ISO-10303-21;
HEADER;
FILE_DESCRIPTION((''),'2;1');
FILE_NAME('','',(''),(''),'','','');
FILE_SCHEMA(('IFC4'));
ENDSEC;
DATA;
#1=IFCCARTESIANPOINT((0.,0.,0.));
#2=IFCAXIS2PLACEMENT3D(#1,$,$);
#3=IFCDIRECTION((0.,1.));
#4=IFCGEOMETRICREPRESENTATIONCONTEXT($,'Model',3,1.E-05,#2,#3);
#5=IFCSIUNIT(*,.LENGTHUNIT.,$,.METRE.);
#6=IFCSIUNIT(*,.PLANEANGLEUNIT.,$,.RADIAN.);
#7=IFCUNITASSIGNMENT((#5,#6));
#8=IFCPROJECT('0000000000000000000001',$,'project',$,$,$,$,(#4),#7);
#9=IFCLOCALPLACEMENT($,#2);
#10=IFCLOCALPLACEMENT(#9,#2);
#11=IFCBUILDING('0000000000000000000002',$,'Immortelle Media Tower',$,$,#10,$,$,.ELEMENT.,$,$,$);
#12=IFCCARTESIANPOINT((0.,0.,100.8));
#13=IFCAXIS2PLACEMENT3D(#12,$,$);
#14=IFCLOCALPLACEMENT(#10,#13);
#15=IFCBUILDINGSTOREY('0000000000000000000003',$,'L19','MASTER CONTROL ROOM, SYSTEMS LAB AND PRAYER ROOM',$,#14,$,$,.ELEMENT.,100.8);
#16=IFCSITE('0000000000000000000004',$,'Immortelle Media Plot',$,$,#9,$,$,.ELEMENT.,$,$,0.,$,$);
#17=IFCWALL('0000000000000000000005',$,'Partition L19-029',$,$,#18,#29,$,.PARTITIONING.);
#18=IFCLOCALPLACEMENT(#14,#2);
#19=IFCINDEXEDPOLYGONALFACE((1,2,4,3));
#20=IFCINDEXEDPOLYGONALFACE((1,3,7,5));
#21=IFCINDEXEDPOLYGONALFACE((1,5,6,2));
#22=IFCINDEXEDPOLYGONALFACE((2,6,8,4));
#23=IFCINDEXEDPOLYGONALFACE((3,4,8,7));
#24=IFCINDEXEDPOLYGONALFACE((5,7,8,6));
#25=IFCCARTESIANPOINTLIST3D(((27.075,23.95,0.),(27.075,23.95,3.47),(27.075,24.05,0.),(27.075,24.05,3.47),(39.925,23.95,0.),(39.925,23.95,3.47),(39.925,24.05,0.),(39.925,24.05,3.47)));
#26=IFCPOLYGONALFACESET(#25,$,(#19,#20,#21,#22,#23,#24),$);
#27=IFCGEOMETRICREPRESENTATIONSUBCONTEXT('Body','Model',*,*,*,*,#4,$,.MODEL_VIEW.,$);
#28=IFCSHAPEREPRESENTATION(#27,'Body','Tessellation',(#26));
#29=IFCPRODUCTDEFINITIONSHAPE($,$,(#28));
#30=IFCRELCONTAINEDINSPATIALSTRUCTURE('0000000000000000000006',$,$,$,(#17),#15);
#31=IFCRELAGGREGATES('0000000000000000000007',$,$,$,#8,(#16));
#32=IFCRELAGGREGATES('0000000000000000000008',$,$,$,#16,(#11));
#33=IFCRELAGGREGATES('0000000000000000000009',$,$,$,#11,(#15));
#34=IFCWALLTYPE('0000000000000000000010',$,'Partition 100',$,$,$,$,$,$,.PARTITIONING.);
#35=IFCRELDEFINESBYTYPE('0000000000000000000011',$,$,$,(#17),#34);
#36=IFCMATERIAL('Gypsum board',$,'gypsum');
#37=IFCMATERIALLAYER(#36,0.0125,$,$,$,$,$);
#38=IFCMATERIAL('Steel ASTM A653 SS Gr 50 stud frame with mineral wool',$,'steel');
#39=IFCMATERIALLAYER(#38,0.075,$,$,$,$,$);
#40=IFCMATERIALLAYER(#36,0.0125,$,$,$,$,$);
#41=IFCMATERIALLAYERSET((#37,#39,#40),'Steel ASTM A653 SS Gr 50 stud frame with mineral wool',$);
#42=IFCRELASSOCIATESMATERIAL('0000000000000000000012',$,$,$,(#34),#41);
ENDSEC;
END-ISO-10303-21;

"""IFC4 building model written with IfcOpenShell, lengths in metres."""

from ifc_helpers import new_model, si_unit, direction, frame, frame_2d, origin, place, context, subcontext, project, spatial, rectangle, extrude, material, layer, layer_set, type_object, element, save


model = new_model("IFC4")

# Units and contexts
model_context = context("Model", 3, precision=1e-05, world=origin(), true_north=direction((0.0, 1.0)))
body_context = subcontext(model_context, "Body", "Model", "MODEL_VIEW")
ifc_project = project(units=[si_unit("LENGTHUNIT", "METRE"), si_unit("PLANEANGLEUNIT", "RADIAN")], contexts=[model_context])

# Site, building, storey
site_placement = place(None, origin())
site = spatial("IfcSite", under=ifc_project, at=site_placement, Name="Immortelle Media Plot", CompositionType="ELEMENT", RefElevation=0.0)
building_placement = place(site_placement, origin())
building = spatial("IfcBuilding", under=site, at=building_placement, Name="Immortelle Media Tower", CompositionType="ELEMENT")
storey_placement = place(building_placement, frame((0.0, 0.0, 100.8)))
storey = spatial("IfcBuildingStorey", under=building, at=storey_placement, Name="L19", Description="MASTER CONTROL ROOM, SYSTEMS LAB AND PRAYER ROOM", CompositionType="ELEMENT", Elevation=100.8)

# Shared definitions
ifc_material_1 = material(Name="Steel ASTM A653 SS Gr 50 stud frame with mineral wool", Category="steel")

# Shared definitions
ifc_material_2 = material(Name="Gypsum board", Category="gypsum")
ifc_layer_1 = layer(ifc_material_2, 0.0125)
ifc_layer_2 = layer(ifc_material_1, 0.075)
ifc_layer_3 = layer(ifc_material_2, 0.0125)
ifc_layer_set_1 = layer_set([ifc_layer_1, ifc_layer_2, ifc_layer_3], Name="Steel ASTM A653 SS Gr 50 stud frame with mineral wool")
wall_type_1 = type_object("IfcWallType", Name="Partition 100", PredefinedType="PARTITIONING", material=ifc_layer_set_1)

# Wall
wall_1_placement = place(storey_placement, frame((27.075, 24.0, 0.0), z_axis=(0.0, 0.0, 1.0), x_axis=(1.0, 0.0, 0.0)))
element("IfcWall", 1, at=wall_1_placement, inside=storey, type_object=wall_type_1, Name="Partition L19-029", PredefinedType="PARTITIONING", context=body_context, shape_type="SweptSolid", body=[
    extrude(rectangle(XDim=12.8501, YDim=0.1001, at=frame_2d((6.425, 0.0))), origin(), (0.0, 0.0, 1.0), 3.47),
])

save(model, "model.ifc")
